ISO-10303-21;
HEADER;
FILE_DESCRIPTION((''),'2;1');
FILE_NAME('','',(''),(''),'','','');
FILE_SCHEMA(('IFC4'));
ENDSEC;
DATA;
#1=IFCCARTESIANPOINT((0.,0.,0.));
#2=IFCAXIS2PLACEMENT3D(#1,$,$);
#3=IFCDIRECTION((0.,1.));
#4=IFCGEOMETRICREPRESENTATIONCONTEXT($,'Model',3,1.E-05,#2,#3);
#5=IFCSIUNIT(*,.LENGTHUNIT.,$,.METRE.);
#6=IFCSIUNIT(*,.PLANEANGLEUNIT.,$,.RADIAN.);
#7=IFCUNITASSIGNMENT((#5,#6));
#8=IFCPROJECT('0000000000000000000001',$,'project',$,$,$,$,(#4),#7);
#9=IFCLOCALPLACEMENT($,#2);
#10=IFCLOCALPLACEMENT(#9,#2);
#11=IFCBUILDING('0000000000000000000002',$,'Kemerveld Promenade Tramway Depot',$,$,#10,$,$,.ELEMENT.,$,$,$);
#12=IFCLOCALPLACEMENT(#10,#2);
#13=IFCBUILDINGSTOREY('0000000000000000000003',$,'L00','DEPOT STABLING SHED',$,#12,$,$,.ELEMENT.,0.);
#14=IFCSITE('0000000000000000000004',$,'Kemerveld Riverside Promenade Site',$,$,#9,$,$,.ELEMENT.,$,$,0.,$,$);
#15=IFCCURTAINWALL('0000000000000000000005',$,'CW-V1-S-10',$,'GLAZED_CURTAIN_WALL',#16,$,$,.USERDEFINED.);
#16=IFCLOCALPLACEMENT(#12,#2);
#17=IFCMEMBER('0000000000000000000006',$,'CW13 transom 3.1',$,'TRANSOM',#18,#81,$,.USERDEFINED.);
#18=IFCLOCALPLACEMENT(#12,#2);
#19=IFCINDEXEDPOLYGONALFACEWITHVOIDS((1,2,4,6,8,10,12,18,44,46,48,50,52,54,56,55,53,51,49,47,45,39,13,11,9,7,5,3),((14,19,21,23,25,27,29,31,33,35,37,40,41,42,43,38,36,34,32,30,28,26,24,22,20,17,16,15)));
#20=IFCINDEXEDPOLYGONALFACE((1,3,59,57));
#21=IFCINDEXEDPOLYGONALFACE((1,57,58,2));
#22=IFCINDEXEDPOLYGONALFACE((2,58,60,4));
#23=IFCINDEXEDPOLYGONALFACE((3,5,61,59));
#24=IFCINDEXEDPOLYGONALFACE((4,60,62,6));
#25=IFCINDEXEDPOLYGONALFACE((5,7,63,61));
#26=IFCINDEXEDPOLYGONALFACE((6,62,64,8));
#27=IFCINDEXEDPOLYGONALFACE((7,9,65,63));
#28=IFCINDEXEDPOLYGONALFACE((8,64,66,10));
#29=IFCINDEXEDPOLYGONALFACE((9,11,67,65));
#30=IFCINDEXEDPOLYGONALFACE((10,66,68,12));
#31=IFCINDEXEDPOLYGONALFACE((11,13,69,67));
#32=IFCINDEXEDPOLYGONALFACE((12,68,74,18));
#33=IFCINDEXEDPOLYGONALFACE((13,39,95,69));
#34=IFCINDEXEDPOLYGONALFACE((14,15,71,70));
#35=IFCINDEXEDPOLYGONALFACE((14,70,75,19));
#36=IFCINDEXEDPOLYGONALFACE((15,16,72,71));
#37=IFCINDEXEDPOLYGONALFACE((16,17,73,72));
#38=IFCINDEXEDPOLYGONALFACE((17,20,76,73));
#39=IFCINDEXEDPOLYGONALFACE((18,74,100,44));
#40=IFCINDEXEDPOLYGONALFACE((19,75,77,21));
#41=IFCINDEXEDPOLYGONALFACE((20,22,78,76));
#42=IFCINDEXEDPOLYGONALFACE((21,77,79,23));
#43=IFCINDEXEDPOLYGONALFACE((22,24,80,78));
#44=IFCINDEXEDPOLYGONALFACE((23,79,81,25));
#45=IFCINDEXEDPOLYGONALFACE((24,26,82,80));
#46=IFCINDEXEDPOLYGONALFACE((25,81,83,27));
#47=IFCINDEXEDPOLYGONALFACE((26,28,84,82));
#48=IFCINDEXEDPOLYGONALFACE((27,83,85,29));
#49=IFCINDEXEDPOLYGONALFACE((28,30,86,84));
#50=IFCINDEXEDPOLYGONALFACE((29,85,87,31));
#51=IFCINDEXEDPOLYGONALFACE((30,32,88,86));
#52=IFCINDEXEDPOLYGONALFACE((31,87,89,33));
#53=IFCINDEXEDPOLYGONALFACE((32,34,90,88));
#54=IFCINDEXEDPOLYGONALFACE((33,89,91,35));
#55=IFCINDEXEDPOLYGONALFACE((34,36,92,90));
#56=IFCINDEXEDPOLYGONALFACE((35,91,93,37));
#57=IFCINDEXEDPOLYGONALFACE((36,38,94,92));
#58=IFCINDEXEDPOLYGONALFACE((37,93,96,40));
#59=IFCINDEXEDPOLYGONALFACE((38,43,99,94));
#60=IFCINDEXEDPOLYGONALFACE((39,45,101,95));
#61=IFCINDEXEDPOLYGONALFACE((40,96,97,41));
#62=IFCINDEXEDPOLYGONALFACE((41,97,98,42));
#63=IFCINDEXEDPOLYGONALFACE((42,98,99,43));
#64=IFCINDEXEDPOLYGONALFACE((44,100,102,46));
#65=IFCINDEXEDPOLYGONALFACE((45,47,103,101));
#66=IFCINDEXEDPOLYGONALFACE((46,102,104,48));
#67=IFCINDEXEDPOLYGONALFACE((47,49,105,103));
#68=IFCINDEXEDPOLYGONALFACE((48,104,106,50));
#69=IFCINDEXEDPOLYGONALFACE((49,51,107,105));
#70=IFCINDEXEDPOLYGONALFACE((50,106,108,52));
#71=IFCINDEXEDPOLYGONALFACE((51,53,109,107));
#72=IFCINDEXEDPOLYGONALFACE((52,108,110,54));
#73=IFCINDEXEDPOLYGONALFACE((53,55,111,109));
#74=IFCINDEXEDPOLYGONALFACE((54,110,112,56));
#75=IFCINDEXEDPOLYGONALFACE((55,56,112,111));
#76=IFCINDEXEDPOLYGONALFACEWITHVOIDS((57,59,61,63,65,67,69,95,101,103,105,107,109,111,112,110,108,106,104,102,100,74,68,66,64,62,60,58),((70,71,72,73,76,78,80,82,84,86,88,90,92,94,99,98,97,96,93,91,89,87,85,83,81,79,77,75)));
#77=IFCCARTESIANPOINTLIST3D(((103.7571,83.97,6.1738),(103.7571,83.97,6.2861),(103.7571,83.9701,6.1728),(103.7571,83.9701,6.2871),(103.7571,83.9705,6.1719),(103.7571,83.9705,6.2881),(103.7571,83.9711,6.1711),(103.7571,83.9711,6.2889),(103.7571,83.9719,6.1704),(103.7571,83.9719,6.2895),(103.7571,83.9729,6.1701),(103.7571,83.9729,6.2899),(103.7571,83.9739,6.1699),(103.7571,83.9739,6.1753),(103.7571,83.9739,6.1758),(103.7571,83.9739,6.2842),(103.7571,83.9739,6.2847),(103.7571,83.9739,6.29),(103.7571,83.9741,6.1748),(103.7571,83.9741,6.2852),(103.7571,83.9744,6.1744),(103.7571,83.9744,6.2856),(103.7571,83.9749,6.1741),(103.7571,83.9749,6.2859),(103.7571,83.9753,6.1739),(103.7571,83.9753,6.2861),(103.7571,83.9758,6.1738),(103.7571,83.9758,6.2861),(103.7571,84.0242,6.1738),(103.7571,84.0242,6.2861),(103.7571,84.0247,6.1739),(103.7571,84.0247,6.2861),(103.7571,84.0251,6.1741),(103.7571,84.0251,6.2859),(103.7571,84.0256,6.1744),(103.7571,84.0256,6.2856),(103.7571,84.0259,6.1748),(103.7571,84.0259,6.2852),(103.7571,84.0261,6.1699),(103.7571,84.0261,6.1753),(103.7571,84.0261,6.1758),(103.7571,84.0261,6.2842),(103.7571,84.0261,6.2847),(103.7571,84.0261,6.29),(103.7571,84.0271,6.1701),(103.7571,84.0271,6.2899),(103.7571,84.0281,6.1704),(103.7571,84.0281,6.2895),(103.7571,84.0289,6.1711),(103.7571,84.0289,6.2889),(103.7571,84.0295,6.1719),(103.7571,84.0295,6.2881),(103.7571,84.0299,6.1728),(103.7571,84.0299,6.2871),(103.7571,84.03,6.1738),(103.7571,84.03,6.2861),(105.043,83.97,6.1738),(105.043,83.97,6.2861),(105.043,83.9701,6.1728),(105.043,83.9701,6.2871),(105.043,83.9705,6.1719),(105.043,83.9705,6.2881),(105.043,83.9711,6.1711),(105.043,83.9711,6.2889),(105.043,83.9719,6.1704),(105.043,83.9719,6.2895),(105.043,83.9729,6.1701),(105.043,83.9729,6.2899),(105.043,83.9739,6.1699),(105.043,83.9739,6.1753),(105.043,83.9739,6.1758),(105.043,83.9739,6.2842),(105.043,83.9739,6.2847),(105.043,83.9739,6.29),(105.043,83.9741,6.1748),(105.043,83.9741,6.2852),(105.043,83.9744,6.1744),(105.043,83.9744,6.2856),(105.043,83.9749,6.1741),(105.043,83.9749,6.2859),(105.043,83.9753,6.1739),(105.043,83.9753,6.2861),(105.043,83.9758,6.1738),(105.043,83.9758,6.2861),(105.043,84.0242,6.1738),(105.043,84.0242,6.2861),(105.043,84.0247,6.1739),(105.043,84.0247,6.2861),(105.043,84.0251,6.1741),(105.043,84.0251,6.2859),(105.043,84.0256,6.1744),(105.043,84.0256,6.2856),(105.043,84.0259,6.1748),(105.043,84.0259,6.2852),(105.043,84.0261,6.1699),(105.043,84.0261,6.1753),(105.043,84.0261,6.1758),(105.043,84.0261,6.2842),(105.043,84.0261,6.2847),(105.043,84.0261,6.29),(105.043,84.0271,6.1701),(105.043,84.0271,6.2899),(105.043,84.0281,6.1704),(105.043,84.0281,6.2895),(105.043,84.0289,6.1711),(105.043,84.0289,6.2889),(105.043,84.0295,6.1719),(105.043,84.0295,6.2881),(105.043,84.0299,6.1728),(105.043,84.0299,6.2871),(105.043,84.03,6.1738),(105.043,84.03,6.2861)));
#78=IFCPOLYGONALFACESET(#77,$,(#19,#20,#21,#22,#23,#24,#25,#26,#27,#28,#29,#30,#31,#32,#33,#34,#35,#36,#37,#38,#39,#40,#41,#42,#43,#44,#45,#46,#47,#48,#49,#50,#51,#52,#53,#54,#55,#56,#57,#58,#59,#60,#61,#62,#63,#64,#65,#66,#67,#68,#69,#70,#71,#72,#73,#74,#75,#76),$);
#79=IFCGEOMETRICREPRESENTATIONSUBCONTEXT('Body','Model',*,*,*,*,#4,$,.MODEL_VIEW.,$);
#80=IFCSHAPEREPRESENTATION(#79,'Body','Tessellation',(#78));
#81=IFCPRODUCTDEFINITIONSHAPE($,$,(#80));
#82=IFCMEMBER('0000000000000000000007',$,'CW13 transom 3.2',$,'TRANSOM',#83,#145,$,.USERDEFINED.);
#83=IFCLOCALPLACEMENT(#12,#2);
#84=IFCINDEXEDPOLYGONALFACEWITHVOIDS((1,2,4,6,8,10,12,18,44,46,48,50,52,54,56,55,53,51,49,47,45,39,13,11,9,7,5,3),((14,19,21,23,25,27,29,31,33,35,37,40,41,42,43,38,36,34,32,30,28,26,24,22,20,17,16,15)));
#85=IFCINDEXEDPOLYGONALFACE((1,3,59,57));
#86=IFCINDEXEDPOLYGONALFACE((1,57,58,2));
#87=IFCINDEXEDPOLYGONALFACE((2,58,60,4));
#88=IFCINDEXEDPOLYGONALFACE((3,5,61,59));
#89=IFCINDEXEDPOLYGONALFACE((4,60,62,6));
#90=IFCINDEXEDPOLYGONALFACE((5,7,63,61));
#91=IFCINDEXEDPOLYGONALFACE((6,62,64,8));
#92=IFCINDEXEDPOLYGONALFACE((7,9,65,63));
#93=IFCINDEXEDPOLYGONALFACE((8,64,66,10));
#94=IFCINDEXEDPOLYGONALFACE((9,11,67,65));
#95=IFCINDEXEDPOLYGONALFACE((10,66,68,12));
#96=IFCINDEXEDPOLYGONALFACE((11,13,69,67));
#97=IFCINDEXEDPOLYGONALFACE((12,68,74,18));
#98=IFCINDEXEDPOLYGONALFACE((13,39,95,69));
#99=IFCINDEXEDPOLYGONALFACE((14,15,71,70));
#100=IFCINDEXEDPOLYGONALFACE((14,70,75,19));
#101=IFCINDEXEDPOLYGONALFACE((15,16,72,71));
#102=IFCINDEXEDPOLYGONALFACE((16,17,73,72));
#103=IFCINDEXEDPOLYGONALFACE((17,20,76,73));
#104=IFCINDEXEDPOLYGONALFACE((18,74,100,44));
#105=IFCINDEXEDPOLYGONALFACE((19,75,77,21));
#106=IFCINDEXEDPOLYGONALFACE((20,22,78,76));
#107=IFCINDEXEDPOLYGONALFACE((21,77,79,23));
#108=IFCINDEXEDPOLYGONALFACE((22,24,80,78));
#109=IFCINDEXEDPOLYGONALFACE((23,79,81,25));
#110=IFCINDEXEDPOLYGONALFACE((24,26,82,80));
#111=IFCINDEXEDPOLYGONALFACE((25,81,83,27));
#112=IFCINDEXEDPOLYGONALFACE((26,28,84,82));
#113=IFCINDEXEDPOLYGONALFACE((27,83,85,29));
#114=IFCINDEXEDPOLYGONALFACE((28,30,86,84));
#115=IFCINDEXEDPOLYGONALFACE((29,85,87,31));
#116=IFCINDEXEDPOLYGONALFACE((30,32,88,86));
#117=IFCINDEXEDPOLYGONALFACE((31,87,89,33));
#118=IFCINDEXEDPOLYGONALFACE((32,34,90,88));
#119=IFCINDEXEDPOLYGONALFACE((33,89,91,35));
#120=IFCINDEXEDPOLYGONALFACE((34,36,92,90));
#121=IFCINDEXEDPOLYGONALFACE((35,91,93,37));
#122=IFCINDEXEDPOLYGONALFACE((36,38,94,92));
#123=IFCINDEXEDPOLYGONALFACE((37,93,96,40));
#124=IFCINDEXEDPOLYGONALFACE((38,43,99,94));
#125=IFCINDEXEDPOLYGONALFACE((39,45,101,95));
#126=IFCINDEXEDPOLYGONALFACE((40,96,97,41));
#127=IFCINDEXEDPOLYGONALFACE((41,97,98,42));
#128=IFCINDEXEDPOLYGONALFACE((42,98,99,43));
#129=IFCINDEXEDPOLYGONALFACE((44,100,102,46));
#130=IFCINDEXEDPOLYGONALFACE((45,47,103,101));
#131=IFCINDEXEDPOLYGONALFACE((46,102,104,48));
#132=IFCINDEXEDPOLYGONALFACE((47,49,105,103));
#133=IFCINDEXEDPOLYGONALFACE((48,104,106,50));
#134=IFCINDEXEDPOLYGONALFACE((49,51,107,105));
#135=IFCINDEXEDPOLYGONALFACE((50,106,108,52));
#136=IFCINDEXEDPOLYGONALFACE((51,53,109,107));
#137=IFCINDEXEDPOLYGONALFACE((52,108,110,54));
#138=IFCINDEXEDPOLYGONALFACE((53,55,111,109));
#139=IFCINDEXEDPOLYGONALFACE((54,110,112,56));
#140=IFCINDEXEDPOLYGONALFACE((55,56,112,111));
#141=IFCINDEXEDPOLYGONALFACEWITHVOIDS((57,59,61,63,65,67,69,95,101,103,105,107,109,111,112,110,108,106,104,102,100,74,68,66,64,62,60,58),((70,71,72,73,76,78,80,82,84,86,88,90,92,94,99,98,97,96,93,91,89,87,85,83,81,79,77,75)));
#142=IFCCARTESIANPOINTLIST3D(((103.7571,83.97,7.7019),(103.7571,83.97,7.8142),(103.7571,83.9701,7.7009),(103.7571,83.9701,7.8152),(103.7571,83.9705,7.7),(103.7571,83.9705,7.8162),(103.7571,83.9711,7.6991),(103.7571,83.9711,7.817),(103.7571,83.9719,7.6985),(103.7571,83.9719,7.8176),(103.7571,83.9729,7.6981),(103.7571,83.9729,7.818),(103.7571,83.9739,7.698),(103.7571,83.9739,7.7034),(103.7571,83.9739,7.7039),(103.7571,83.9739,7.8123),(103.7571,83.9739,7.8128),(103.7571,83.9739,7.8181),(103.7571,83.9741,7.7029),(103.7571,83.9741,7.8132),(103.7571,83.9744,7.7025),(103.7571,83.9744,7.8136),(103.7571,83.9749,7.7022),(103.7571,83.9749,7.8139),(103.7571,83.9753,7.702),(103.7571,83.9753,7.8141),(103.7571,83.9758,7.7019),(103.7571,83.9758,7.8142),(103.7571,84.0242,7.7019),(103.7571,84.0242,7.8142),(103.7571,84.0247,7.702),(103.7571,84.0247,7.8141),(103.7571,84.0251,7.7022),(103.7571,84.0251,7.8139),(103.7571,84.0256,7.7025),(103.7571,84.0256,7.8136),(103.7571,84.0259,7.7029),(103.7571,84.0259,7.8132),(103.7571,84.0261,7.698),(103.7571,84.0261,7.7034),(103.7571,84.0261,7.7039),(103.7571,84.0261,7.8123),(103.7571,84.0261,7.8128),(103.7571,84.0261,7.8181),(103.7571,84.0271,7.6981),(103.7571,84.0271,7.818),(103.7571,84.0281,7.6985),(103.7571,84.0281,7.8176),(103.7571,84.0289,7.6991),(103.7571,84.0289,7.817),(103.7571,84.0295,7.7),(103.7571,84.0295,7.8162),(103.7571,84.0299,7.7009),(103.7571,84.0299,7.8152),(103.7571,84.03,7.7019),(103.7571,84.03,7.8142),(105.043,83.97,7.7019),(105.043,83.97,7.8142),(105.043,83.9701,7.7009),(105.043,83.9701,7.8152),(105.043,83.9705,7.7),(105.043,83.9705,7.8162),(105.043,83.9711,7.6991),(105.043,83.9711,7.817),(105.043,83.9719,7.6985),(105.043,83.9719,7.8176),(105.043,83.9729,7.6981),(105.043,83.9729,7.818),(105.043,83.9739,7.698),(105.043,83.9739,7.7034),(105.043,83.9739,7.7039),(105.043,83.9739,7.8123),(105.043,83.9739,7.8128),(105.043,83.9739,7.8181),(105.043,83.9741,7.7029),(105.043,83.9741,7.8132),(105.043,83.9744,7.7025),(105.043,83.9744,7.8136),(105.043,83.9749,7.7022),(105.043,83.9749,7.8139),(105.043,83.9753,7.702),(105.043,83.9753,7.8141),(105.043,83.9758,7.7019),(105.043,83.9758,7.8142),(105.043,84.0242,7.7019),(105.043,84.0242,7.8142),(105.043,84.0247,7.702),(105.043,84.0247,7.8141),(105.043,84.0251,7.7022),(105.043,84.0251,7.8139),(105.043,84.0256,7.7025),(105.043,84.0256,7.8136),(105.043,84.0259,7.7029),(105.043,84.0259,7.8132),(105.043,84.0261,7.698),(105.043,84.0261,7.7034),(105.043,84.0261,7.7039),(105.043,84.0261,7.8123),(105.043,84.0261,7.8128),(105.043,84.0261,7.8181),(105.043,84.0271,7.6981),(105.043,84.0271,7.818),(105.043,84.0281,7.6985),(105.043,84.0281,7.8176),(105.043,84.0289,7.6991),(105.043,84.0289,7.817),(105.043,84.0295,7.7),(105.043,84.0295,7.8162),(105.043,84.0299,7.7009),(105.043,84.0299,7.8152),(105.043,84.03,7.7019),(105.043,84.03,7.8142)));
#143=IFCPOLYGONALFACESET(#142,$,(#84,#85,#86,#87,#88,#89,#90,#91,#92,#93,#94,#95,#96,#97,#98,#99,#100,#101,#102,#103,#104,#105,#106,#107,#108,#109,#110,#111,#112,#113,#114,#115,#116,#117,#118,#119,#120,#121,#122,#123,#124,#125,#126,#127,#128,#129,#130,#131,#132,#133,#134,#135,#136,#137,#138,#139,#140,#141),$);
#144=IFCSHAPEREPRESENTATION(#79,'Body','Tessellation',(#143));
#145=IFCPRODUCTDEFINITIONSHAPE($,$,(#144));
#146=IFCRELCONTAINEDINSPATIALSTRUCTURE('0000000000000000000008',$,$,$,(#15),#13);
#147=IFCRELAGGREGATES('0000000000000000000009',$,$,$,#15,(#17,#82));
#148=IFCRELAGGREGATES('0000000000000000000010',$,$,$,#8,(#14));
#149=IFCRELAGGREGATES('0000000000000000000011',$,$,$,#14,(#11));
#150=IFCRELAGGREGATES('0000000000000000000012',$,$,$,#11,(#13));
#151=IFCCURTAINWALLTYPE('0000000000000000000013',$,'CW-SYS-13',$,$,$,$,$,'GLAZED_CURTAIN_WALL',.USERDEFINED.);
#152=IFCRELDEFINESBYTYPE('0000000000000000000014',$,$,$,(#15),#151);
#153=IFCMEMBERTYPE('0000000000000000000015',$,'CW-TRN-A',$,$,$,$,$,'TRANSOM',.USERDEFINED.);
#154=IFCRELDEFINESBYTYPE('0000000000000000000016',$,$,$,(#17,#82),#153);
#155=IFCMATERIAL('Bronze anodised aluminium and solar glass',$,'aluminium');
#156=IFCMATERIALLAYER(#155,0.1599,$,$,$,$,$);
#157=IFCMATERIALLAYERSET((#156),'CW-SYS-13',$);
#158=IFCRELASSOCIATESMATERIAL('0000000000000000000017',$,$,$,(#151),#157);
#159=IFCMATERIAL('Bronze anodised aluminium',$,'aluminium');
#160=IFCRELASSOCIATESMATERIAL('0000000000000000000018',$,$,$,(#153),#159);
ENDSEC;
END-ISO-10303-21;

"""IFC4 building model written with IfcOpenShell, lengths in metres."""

from ifc_helpers import new_model, si_unit, direction, frame, origin, origin_2d, place, context, subcontext, project, spatial, hollow_rectangle, extrude, material, layer, layer_set, material_profile, profile_set, type_object, element, aggregate, save


model = new_model("IFC4")

# Units and contexts
model_context = context("Model", 3, precision=1e-05, world=origin(), true_north=direction((0.0, 1.0)))
body_context = subcontext(model_context, "Body", "Model", "MODEL_VIEW")
ifc_project = project(units=[si_unit("LENGTHUNIT", "METRE"), si_unit("PLANEANGLEUNIT", "RADIAN")], contexts=[model_context])

# Site, building, storey
site_placement = place(None, origin())
site = spatial("IfcSite", under=ifc_project, at=site_placement, Name="Kemerveld Riverside Promenade Site", CompositionType="ELEMENT", RefElevation=0.0)
building_placement = place(site_placement, origin())
building = spatial("IfcBuilding", under=site, at=building_placement, Name="Kemerveld Promenade Tramway Depot", CompositionType="ELEMENT")
storey_placement = place(building_placement, origin())
storey = spatial("IfcBuildingStorey", under=building, at=storey_placement, Name="L00", Description="DEPOT STABLING SHED", CompositionType="ELEMENT", Elevation=0.0)

# Curtain wall
ifc_material_1 = material(Name="Bronze anodised aluminium and solar glass", Category="aluminium")
ifc_layer_1 = layer(ifc_material_1, 0.1599)
ifc_layer_set_1 = layer_set([ifc_layer_1], Name="CW-SYS-13")
curtain_wall_type_1 = type_object("IfcCurtainWallType", Name="CW-SYS-13", ElementType="GLAZED_CURTAIN_WALL", PredefinedType="USERDEFINED", material=ifc_layer_set_1)
curtain_wall_1_placement = place(storey_placement, origin())
curtain_wall_1 = element("IfcCurtainWall", 1, at=curtain_wall_1_placement, inside=storey, type_object=curtain_wall_type_1, Name="CW-V1-S-10", ObjectType="GLAZED_CURTAIN_WALL", PredefinedType="USERDEFINED")
ifc_material_2 = material(Name="Bronze anodised aluminium", Category="aluminium")

# Members
ifc_material_profile_1 = material_profile(ifc_material_2, hollow_rectangle(XDim=0.0601, YDim=0.1201, WallThickness=0.0039, InnerFilletRadius=0.002, OuterFilletRadius=0.0039, at=origin_2d()), Name="CW-TRN-120x60")
ifc_profile_set_1 = profile_set([ifc_material_profile_1], Name="Bronze anodised aluminium")
member_type_1 = type_object("IfcMemberType", Name="CW-TRN-A", ElementType="TRANSOM", PredefinedType="USERDEFINED", material=ifc_profile_set_1)
member_1_placement = place(storey_placement, frame((105.043, 84.0, 6.23), z_axis=(-1.0, 0.0, 0.0), x_axis=(0.0, -1.0, 0.0)))
member_1 = element("IfcMember", 2, at=member_1_placement, type_object=member_type_1, Name="CW13 transom 3.1", ObjectType="TRANSOM", PredefinedType="USERDEFINED", context=body_context, shape_type="SweptSolid", body=[
    extrude(hollow_rectangle(XDim=0.0601, YDim=0.1201, WallThickness=0.0039, InnerFilletRadius=0.002, OuterFilletRadius=0.0039, at=origin_2d()), origin(), (0.0, 0.0, 1.0), 1.2859),
])
member_2_placement = place(storey_placement, frame((105.043, 84.0, 7.7581), z_axis=(-1.0, 0.0, 0.0), x_axis=(0.0, -1.0, 0.0)))
member_2 = element("IfcMember", 3, at=member_2_placement, type_object=member_type_1, Name="CW13 transom 3.2", ObjectType="TRANSOM", PredefinedType="USERDEFINED", context=body_context, shape_type="SweptSolid", body=[
    extrude(hollow_rectangle(XDim=0.0601, YDim=0.1201, WallThickness=0.0039, InnerFilletRadius=0.002, OuterFilletRadius=0.0039, at=origin_2d()), origin(), (0.0, 0.0, 1.0), 1.2859),
])

aggregate(curtain_wall_1, [member_1, member_2])

save(model, "model.ifc")
